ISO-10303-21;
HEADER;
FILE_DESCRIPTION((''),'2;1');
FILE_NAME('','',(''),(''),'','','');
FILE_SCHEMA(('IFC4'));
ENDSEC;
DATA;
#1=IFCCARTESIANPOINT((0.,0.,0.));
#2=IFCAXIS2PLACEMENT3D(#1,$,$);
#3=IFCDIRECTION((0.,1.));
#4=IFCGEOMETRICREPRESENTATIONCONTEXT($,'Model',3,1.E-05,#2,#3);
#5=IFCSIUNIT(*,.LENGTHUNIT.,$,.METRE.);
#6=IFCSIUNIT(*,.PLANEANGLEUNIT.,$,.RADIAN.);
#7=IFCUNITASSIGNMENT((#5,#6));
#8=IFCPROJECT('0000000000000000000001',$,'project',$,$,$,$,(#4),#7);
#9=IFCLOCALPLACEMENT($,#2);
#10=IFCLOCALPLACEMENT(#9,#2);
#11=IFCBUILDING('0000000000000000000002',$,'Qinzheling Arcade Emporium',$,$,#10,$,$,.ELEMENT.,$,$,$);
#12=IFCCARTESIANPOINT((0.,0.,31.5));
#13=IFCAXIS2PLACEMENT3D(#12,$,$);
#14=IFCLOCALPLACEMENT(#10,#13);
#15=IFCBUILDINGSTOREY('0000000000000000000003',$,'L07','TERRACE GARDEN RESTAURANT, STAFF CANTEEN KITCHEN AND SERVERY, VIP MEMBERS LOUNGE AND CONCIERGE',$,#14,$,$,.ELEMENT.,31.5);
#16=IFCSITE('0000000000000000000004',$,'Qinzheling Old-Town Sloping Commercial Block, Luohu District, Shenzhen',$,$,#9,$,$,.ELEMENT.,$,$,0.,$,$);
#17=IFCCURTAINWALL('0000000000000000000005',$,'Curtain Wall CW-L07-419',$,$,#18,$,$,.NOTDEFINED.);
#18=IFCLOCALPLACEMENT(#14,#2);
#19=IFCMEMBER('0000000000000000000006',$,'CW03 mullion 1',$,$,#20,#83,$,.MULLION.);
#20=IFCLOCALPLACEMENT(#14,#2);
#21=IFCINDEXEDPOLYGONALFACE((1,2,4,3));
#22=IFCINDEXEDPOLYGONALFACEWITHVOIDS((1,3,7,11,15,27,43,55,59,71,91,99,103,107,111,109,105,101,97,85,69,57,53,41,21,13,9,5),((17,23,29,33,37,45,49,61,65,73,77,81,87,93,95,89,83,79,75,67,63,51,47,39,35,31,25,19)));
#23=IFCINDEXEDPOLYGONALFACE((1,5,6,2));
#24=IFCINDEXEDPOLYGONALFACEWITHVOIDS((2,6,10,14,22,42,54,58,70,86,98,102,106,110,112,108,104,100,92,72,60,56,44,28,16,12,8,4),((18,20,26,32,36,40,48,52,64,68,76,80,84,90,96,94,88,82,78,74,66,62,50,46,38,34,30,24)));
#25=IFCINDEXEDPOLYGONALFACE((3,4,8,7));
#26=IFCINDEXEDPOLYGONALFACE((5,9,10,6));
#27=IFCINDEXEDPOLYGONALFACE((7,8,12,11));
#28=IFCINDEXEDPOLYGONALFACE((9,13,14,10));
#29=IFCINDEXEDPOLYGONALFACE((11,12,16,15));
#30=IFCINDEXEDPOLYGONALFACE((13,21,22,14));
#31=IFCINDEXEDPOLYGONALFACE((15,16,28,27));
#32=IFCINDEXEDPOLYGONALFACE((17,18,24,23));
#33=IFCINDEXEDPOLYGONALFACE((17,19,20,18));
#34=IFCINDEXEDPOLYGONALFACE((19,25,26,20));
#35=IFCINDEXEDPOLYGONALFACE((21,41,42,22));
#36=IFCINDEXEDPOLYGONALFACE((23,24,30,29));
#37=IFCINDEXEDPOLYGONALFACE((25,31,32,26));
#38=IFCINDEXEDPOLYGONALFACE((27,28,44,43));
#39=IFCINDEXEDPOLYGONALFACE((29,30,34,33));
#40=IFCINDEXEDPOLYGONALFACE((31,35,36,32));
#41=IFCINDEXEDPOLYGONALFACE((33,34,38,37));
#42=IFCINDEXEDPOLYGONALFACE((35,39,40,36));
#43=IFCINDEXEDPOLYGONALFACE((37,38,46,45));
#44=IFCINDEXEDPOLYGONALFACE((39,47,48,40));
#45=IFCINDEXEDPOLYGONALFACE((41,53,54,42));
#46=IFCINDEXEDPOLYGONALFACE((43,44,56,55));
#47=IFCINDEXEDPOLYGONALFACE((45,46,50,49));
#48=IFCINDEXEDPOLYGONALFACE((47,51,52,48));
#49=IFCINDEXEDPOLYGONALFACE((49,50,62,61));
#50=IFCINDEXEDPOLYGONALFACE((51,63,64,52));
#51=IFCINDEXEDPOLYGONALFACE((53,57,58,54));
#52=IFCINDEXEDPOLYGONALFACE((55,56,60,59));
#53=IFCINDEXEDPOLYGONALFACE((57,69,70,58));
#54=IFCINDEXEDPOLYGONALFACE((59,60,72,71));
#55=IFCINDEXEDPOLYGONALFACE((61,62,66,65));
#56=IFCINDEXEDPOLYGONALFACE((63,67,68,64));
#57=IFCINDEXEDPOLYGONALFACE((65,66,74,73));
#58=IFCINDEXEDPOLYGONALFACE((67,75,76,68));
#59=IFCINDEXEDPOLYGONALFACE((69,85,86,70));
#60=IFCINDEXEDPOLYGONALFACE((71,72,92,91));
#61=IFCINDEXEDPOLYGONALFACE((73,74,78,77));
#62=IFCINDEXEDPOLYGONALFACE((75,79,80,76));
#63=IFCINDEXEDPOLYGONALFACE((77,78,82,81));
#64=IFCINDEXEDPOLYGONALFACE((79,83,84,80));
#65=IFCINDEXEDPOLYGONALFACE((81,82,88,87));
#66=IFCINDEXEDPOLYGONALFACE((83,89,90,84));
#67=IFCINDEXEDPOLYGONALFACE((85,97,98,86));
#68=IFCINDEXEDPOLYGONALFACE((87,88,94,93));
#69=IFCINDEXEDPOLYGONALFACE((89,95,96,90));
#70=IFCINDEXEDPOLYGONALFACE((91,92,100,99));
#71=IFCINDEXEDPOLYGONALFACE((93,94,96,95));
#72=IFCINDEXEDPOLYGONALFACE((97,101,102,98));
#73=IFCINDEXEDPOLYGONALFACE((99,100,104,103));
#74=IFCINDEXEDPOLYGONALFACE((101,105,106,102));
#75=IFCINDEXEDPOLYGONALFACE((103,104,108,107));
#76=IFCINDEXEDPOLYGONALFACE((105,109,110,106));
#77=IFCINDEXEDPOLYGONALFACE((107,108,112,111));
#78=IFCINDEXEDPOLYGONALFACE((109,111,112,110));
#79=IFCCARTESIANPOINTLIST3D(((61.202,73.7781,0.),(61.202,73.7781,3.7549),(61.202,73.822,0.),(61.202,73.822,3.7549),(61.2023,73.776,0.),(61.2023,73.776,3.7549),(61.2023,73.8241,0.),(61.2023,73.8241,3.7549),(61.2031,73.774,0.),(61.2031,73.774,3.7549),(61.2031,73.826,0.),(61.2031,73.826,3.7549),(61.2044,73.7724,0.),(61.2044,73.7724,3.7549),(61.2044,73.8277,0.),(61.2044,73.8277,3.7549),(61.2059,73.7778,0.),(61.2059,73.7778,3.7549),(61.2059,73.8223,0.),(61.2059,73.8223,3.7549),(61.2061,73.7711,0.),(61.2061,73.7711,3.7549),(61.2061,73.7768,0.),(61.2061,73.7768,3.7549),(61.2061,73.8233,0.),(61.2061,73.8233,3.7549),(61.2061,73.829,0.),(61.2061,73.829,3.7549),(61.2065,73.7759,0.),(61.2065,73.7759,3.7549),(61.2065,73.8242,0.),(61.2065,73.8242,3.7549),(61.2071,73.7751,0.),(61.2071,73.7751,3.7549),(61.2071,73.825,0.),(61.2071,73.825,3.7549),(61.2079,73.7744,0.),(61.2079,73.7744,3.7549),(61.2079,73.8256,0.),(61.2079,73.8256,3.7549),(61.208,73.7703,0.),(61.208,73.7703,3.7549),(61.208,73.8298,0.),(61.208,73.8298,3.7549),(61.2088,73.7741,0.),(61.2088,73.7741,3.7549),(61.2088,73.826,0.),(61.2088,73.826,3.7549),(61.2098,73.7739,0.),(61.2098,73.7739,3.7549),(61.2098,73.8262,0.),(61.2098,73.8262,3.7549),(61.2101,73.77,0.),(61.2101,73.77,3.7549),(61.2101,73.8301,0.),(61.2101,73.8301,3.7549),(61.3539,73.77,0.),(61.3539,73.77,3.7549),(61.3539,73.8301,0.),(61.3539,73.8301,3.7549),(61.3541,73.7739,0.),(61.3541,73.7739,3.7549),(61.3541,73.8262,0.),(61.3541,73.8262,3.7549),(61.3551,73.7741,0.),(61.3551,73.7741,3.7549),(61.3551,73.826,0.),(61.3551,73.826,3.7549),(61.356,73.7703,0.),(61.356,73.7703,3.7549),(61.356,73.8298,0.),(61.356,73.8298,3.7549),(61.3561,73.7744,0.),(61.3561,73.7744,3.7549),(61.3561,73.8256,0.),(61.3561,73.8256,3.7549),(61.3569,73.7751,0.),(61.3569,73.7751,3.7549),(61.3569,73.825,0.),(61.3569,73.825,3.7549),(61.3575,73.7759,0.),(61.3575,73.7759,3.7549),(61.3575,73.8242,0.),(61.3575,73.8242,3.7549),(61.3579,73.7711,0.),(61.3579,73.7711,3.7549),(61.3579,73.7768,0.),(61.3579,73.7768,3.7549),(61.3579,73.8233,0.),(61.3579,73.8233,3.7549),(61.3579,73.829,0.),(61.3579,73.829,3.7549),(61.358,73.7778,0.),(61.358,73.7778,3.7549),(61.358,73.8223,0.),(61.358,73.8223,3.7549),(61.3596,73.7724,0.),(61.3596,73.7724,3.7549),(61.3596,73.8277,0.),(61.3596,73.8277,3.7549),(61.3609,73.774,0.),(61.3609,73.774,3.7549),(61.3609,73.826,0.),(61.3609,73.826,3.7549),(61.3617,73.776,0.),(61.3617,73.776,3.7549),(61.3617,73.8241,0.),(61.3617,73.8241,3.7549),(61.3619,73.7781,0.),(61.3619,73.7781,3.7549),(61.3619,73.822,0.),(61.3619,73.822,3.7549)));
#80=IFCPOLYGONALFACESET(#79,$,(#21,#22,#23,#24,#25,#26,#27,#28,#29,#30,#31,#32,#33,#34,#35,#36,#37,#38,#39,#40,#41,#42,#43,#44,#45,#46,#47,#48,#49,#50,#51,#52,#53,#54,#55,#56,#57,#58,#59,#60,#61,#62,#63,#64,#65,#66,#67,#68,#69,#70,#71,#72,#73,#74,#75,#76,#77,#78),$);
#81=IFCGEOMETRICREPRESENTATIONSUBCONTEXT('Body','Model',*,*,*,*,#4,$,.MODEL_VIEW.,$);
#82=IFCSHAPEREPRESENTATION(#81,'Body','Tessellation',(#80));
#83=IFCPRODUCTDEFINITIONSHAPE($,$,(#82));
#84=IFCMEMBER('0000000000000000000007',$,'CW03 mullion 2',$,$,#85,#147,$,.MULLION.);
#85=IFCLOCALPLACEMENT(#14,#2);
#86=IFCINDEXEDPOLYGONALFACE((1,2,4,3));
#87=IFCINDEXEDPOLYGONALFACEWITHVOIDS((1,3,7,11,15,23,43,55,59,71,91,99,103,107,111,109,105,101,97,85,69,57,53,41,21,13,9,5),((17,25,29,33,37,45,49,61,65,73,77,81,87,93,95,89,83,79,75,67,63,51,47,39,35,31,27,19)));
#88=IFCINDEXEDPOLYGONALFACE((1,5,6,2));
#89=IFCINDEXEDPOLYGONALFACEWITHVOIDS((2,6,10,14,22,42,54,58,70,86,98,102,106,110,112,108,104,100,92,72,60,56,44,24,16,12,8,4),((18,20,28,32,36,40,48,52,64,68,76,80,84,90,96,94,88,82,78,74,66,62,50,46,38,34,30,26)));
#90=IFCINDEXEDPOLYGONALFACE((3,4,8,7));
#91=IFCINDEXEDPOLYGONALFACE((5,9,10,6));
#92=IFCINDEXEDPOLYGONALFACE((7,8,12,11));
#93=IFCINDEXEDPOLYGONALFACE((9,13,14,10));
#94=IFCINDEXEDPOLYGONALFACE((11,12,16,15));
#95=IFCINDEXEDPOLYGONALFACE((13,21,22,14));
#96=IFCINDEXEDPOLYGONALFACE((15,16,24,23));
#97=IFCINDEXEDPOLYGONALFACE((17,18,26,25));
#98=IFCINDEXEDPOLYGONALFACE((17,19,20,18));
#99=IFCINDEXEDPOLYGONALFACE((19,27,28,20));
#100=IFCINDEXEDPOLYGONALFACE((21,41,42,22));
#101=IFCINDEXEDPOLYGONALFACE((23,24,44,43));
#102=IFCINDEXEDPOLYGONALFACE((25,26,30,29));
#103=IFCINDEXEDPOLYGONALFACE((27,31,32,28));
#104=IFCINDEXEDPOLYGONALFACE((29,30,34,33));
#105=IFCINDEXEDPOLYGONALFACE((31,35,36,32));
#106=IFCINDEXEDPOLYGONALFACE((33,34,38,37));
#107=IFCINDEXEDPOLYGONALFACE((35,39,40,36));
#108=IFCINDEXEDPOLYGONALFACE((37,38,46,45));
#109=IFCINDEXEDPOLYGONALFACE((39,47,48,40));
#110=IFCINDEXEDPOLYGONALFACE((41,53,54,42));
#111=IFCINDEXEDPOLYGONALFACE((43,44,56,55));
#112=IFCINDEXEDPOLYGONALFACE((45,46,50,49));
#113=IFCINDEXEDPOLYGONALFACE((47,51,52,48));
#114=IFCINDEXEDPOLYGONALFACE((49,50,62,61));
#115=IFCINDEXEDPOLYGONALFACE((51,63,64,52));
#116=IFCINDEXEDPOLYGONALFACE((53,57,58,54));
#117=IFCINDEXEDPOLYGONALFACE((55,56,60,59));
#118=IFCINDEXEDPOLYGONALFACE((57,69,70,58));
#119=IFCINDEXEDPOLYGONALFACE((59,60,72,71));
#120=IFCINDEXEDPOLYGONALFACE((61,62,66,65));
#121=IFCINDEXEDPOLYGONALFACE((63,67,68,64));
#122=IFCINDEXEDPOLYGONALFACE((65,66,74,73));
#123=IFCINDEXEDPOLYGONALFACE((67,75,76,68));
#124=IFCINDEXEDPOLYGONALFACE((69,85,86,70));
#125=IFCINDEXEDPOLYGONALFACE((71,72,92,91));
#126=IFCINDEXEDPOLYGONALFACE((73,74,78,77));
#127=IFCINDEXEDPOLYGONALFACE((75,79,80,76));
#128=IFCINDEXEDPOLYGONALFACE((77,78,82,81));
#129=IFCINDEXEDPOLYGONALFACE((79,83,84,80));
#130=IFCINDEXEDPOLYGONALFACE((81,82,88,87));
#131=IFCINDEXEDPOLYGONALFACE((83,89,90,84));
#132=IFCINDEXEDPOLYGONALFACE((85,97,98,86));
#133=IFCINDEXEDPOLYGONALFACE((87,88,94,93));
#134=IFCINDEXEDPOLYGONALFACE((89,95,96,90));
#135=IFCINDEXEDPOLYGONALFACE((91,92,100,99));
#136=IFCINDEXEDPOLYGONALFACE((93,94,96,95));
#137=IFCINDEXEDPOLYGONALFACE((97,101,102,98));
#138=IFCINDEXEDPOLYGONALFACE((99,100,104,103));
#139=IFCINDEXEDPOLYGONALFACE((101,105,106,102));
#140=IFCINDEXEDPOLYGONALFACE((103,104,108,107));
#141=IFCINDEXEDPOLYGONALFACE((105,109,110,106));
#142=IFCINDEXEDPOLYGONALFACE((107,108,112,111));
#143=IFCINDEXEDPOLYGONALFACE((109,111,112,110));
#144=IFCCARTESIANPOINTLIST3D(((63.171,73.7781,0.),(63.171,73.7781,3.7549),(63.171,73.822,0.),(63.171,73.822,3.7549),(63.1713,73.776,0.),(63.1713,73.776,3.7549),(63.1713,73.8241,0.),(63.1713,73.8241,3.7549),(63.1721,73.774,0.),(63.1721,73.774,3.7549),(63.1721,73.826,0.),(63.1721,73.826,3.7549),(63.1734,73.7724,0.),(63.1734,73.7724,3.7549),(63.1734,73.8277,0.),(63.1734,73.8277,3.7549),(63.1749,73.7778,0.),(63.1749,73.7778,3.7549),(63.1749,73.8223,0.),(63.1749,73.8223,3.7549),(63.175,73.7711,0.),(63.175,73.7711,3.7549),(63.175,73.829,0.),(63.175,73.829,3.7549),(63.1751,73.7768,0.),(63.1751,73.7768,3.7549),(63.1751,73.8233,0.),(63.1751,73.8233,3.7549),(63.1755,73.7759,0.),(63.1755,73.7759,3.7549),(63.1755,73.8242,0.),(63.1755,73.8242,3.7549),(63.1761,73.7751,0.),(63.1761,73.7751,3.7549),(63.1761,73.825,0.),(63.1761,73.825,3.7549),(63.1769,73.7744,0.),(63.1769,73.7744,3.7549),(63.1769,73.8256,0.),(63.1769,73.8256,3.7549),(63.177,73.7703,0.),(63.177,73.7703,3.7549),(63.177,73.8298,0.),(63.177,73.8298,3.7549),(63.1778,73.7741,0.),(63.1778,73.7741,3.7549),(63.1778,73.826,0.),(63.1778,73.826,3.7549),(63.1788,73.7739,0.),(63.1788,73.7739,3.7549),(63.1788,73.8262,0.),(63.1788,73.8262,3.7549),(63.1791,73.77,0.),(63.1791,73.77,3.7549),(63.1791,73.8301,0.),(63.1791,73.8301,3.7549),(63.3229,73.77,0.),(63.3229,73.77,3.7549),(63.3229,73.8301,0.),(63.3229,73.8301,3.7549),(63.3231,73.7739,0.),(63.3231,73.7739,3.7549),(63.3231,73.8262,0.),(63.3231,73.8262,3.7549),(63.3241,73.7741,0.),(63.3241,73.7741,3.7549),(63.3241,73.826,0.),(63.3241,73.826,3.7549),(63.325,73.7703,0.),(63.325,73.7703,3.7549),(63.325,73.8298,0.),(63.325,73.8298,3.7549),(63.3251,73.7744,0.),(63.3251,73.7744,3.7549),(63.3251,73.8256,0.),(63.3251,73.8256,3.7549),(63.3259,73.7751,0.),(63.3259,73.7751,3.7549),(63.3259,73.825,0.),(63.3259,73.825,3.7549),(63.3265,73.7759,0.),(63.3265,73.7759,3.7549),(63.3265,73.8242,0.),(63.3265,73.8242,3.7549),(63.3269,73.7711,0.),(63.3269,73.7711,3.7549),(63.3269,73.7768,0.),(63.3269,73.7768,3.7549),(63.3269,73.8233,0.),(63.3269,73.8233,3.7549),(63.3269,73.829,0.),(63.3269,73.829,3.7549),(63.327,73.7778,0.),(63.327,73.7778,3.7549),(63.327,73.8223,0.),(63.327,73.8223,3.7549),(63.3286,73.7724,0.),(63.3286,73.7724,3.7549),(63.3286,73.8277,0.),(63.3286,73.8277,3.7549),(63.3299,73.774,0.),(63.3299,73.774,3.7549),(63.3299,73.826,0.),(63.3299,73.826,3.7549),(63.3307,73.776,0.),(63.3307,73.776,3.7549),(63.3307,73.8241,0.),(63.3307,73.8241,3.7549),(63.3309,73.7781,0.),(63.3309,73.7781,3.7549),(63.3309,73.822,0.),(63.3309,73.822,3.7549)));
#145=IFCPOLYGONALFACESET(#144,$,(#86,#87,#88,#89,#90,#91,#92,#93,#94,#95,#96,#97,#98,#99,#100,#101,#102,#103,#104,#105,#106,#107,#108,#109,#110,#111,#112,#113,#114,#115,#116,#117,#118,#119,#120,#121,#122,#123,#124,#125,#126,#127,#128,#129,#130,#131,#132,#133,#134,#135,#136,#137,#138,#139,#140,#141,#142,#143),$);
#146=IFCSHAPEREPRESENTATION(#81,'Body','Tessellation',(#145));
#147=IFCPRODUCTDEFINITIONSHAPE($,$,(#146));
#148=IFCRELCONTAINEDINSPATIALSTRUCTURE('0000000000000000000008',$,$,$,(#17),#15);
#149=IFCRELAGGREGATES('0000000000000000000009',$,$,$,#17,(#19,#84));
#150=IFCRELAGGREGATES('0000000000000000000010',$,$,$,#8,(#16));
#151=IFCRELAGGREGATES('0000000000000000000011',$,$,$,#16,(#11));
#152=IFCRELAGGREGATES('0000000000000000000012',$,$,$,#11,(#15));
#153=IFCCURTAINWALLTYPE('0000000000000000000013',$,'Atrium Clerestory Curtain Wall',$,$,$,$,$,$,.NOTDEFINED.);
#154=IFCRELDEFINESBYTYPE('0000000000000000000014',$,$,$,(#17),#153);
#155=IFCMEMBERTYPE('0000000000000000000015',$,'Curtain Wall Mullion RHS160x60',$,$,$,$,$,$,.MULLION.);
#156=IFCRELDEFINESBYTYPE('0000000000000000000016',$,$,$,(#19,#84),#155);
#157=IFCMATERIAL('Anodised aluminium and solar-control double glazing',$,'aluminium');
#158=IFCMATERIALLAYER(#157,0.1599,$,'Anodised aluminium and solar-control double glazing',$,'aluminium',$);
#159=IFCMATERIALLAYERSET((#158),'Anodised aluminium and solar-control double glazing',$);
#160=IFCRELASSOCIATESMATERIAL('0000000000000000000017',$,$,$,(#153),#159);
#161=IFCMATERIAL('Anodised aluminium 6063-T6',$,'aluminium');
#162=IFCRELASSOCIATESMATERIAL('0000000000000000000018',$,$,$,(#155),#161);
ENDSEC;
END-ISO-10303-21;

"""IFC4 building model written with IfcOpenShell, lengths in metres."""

from ifc_helpers import new_model, si_unit, direction, frame, origin, origin_2d, place, context, subcontext, project, spatial, hollow_rectangle, extrude, material, layer, layer_set, material_profile, profile_set, type_object, element, aggregate, save


model = new_model("IFC4")

# Units and contexts
model_context = context("Model", 3, precision=1e-05, world=origin(), true_north=direction((0.0, 1.0)))
body_context = subcontext(model_context, "Body", "Model", "MODEL_VIEW")
ifc_project = project(units=[si_unit("LENGTHUNIT", "METRE"), si_unit("PLANEANGLEUNIT", "RADIAN")], contexts=[model_context])

# Site, building, storey
site_placement = place(None, origin())
site = spatial("IfcSite", under=ifc_project, at=site_placement, Name="Qinzheling Old-Town Sloping Commercial Block, Luohu District, Shenzhen", CompositionType="ELEMENT", RefElevation=0.0)
building_placement = place(site_placement, origin())
building = spatial("IfcBuilding", under=site, at=building_placement, Name="Qinzheling Arcade Emporium", CompositionType="ELEMENT")
storey_placement = place(building_placement, frame((0.0, 0.0, 31.5)))
storey = spatial("IfcBuildingStorey", under=building, at=storey_placement, Name="L07", Description="TERRACE GARDEN RESTAURANT, STAFF CANTEEN KITCHEN AND SERVERY, VIP MEMBERS LOUNGE AND CONCIERGE", CompositionType="ELEMENT", Elevation=31.5)

# Curtain wall, members
ifc_material_1 = material(Name="Anodised aluminium and solar-control double glazing", Category="aluminium")
ifc_layer_1 = layer(ifc_material_1, 0.1599, Name="Anodised aluminium and solar-control double glazing", Category="aluminium")
ifc_layer_set_1 = layer_set([ifc_layer_1], Name="Anodised aluminium and solar-control double glazing")
curtain_wall_type = type_object("IfcCurtainWallType", Name="Atrium Clerestory Curtain Wall", PredefinedType="NOTDEFINED", material=ifc_layer_set_1)
ifc_material_2 = material(Name="Anodised aluminium 6063-T6", Category="aluminium")
ifc_material_profile_1 = material_profile(ifc_material_2, hollow_rectangle(XDim=0.0601, YDim=0.1599, WallThickness=0.0039, InnerFilletRadius=0.0039, OuterFilletRadius=0.0081, at=origin_2d()), Name="RHS 160x60x4", Category="aluminium")
ifc_profile_set_1 = profile_set([ifc_material_profile_1], Name="Anodised aluminium 6063-T6")
member_type_1 = type_object("IfcMemberType", Name="Curtain Wall Mullion RHS160x60", PredefinedType="MULLION", material=ifc_profile_set_1)
curtain_wall_1_placement = place(storey_placement, origin())
curtain_wall_1 = element("IfcCurtainWall", 1, at=curtain_wall_1_placement, inside=storey, type_object=curtain_wall_type, Name="Curtain Wall CW-L07-419", PredefinedType="NOTDEFINED")
member_1_placement = place(storey_placement, frame((61.282, 73.8, 0.0), z_axis=(0.0, 0.0, 1.0), x_axis=(0.0, 1.0, 0.0)))
member_1 = element("IfcMember", 2, at=member_1_placement, type_object=member_type_1, Name="CW03 mullion 1", PredefinedType="MULLION", context=body_context, shape_type="SweptSolid", body=[
    extrude(hollow_rectangle(XDim=0.0601, YDim=0.1599, WallThickness=0.0039, InnerFilletRadius=0.0039, OuterFilletRadius=0.0081, at=origin_2d()), origin(), (0.0, 0.0, 1.0), 3.7549),
])
member_2_placement = place(storey_placement, frame((63.251, 73.8, 0.0), z_axis=(0.0, 0.0, 1.0), x_axis=(0.0, 1.0, 0.0)))
member_2 = element("IfcMember", 3, at=member_2_placement, type_object=member_type_1, Name="CW03 mullion 2", PredefinedType="MULLION", context=body_context, shape_type="SweptSolid", body=[
    extrude(hollow_rectangle(XDim=0.0601, YDim=0.1599, WallThickness=0.0039, InnerFilletRadius=0.0039, OuterFilletRadius=0.0081, at=origin_2d()), origin(), (0.0, 0.0, 1.0), 3.7549),
])

aggregate(curtain_wall_1, [member_1, member_2])

save(model, "model.ifc")
